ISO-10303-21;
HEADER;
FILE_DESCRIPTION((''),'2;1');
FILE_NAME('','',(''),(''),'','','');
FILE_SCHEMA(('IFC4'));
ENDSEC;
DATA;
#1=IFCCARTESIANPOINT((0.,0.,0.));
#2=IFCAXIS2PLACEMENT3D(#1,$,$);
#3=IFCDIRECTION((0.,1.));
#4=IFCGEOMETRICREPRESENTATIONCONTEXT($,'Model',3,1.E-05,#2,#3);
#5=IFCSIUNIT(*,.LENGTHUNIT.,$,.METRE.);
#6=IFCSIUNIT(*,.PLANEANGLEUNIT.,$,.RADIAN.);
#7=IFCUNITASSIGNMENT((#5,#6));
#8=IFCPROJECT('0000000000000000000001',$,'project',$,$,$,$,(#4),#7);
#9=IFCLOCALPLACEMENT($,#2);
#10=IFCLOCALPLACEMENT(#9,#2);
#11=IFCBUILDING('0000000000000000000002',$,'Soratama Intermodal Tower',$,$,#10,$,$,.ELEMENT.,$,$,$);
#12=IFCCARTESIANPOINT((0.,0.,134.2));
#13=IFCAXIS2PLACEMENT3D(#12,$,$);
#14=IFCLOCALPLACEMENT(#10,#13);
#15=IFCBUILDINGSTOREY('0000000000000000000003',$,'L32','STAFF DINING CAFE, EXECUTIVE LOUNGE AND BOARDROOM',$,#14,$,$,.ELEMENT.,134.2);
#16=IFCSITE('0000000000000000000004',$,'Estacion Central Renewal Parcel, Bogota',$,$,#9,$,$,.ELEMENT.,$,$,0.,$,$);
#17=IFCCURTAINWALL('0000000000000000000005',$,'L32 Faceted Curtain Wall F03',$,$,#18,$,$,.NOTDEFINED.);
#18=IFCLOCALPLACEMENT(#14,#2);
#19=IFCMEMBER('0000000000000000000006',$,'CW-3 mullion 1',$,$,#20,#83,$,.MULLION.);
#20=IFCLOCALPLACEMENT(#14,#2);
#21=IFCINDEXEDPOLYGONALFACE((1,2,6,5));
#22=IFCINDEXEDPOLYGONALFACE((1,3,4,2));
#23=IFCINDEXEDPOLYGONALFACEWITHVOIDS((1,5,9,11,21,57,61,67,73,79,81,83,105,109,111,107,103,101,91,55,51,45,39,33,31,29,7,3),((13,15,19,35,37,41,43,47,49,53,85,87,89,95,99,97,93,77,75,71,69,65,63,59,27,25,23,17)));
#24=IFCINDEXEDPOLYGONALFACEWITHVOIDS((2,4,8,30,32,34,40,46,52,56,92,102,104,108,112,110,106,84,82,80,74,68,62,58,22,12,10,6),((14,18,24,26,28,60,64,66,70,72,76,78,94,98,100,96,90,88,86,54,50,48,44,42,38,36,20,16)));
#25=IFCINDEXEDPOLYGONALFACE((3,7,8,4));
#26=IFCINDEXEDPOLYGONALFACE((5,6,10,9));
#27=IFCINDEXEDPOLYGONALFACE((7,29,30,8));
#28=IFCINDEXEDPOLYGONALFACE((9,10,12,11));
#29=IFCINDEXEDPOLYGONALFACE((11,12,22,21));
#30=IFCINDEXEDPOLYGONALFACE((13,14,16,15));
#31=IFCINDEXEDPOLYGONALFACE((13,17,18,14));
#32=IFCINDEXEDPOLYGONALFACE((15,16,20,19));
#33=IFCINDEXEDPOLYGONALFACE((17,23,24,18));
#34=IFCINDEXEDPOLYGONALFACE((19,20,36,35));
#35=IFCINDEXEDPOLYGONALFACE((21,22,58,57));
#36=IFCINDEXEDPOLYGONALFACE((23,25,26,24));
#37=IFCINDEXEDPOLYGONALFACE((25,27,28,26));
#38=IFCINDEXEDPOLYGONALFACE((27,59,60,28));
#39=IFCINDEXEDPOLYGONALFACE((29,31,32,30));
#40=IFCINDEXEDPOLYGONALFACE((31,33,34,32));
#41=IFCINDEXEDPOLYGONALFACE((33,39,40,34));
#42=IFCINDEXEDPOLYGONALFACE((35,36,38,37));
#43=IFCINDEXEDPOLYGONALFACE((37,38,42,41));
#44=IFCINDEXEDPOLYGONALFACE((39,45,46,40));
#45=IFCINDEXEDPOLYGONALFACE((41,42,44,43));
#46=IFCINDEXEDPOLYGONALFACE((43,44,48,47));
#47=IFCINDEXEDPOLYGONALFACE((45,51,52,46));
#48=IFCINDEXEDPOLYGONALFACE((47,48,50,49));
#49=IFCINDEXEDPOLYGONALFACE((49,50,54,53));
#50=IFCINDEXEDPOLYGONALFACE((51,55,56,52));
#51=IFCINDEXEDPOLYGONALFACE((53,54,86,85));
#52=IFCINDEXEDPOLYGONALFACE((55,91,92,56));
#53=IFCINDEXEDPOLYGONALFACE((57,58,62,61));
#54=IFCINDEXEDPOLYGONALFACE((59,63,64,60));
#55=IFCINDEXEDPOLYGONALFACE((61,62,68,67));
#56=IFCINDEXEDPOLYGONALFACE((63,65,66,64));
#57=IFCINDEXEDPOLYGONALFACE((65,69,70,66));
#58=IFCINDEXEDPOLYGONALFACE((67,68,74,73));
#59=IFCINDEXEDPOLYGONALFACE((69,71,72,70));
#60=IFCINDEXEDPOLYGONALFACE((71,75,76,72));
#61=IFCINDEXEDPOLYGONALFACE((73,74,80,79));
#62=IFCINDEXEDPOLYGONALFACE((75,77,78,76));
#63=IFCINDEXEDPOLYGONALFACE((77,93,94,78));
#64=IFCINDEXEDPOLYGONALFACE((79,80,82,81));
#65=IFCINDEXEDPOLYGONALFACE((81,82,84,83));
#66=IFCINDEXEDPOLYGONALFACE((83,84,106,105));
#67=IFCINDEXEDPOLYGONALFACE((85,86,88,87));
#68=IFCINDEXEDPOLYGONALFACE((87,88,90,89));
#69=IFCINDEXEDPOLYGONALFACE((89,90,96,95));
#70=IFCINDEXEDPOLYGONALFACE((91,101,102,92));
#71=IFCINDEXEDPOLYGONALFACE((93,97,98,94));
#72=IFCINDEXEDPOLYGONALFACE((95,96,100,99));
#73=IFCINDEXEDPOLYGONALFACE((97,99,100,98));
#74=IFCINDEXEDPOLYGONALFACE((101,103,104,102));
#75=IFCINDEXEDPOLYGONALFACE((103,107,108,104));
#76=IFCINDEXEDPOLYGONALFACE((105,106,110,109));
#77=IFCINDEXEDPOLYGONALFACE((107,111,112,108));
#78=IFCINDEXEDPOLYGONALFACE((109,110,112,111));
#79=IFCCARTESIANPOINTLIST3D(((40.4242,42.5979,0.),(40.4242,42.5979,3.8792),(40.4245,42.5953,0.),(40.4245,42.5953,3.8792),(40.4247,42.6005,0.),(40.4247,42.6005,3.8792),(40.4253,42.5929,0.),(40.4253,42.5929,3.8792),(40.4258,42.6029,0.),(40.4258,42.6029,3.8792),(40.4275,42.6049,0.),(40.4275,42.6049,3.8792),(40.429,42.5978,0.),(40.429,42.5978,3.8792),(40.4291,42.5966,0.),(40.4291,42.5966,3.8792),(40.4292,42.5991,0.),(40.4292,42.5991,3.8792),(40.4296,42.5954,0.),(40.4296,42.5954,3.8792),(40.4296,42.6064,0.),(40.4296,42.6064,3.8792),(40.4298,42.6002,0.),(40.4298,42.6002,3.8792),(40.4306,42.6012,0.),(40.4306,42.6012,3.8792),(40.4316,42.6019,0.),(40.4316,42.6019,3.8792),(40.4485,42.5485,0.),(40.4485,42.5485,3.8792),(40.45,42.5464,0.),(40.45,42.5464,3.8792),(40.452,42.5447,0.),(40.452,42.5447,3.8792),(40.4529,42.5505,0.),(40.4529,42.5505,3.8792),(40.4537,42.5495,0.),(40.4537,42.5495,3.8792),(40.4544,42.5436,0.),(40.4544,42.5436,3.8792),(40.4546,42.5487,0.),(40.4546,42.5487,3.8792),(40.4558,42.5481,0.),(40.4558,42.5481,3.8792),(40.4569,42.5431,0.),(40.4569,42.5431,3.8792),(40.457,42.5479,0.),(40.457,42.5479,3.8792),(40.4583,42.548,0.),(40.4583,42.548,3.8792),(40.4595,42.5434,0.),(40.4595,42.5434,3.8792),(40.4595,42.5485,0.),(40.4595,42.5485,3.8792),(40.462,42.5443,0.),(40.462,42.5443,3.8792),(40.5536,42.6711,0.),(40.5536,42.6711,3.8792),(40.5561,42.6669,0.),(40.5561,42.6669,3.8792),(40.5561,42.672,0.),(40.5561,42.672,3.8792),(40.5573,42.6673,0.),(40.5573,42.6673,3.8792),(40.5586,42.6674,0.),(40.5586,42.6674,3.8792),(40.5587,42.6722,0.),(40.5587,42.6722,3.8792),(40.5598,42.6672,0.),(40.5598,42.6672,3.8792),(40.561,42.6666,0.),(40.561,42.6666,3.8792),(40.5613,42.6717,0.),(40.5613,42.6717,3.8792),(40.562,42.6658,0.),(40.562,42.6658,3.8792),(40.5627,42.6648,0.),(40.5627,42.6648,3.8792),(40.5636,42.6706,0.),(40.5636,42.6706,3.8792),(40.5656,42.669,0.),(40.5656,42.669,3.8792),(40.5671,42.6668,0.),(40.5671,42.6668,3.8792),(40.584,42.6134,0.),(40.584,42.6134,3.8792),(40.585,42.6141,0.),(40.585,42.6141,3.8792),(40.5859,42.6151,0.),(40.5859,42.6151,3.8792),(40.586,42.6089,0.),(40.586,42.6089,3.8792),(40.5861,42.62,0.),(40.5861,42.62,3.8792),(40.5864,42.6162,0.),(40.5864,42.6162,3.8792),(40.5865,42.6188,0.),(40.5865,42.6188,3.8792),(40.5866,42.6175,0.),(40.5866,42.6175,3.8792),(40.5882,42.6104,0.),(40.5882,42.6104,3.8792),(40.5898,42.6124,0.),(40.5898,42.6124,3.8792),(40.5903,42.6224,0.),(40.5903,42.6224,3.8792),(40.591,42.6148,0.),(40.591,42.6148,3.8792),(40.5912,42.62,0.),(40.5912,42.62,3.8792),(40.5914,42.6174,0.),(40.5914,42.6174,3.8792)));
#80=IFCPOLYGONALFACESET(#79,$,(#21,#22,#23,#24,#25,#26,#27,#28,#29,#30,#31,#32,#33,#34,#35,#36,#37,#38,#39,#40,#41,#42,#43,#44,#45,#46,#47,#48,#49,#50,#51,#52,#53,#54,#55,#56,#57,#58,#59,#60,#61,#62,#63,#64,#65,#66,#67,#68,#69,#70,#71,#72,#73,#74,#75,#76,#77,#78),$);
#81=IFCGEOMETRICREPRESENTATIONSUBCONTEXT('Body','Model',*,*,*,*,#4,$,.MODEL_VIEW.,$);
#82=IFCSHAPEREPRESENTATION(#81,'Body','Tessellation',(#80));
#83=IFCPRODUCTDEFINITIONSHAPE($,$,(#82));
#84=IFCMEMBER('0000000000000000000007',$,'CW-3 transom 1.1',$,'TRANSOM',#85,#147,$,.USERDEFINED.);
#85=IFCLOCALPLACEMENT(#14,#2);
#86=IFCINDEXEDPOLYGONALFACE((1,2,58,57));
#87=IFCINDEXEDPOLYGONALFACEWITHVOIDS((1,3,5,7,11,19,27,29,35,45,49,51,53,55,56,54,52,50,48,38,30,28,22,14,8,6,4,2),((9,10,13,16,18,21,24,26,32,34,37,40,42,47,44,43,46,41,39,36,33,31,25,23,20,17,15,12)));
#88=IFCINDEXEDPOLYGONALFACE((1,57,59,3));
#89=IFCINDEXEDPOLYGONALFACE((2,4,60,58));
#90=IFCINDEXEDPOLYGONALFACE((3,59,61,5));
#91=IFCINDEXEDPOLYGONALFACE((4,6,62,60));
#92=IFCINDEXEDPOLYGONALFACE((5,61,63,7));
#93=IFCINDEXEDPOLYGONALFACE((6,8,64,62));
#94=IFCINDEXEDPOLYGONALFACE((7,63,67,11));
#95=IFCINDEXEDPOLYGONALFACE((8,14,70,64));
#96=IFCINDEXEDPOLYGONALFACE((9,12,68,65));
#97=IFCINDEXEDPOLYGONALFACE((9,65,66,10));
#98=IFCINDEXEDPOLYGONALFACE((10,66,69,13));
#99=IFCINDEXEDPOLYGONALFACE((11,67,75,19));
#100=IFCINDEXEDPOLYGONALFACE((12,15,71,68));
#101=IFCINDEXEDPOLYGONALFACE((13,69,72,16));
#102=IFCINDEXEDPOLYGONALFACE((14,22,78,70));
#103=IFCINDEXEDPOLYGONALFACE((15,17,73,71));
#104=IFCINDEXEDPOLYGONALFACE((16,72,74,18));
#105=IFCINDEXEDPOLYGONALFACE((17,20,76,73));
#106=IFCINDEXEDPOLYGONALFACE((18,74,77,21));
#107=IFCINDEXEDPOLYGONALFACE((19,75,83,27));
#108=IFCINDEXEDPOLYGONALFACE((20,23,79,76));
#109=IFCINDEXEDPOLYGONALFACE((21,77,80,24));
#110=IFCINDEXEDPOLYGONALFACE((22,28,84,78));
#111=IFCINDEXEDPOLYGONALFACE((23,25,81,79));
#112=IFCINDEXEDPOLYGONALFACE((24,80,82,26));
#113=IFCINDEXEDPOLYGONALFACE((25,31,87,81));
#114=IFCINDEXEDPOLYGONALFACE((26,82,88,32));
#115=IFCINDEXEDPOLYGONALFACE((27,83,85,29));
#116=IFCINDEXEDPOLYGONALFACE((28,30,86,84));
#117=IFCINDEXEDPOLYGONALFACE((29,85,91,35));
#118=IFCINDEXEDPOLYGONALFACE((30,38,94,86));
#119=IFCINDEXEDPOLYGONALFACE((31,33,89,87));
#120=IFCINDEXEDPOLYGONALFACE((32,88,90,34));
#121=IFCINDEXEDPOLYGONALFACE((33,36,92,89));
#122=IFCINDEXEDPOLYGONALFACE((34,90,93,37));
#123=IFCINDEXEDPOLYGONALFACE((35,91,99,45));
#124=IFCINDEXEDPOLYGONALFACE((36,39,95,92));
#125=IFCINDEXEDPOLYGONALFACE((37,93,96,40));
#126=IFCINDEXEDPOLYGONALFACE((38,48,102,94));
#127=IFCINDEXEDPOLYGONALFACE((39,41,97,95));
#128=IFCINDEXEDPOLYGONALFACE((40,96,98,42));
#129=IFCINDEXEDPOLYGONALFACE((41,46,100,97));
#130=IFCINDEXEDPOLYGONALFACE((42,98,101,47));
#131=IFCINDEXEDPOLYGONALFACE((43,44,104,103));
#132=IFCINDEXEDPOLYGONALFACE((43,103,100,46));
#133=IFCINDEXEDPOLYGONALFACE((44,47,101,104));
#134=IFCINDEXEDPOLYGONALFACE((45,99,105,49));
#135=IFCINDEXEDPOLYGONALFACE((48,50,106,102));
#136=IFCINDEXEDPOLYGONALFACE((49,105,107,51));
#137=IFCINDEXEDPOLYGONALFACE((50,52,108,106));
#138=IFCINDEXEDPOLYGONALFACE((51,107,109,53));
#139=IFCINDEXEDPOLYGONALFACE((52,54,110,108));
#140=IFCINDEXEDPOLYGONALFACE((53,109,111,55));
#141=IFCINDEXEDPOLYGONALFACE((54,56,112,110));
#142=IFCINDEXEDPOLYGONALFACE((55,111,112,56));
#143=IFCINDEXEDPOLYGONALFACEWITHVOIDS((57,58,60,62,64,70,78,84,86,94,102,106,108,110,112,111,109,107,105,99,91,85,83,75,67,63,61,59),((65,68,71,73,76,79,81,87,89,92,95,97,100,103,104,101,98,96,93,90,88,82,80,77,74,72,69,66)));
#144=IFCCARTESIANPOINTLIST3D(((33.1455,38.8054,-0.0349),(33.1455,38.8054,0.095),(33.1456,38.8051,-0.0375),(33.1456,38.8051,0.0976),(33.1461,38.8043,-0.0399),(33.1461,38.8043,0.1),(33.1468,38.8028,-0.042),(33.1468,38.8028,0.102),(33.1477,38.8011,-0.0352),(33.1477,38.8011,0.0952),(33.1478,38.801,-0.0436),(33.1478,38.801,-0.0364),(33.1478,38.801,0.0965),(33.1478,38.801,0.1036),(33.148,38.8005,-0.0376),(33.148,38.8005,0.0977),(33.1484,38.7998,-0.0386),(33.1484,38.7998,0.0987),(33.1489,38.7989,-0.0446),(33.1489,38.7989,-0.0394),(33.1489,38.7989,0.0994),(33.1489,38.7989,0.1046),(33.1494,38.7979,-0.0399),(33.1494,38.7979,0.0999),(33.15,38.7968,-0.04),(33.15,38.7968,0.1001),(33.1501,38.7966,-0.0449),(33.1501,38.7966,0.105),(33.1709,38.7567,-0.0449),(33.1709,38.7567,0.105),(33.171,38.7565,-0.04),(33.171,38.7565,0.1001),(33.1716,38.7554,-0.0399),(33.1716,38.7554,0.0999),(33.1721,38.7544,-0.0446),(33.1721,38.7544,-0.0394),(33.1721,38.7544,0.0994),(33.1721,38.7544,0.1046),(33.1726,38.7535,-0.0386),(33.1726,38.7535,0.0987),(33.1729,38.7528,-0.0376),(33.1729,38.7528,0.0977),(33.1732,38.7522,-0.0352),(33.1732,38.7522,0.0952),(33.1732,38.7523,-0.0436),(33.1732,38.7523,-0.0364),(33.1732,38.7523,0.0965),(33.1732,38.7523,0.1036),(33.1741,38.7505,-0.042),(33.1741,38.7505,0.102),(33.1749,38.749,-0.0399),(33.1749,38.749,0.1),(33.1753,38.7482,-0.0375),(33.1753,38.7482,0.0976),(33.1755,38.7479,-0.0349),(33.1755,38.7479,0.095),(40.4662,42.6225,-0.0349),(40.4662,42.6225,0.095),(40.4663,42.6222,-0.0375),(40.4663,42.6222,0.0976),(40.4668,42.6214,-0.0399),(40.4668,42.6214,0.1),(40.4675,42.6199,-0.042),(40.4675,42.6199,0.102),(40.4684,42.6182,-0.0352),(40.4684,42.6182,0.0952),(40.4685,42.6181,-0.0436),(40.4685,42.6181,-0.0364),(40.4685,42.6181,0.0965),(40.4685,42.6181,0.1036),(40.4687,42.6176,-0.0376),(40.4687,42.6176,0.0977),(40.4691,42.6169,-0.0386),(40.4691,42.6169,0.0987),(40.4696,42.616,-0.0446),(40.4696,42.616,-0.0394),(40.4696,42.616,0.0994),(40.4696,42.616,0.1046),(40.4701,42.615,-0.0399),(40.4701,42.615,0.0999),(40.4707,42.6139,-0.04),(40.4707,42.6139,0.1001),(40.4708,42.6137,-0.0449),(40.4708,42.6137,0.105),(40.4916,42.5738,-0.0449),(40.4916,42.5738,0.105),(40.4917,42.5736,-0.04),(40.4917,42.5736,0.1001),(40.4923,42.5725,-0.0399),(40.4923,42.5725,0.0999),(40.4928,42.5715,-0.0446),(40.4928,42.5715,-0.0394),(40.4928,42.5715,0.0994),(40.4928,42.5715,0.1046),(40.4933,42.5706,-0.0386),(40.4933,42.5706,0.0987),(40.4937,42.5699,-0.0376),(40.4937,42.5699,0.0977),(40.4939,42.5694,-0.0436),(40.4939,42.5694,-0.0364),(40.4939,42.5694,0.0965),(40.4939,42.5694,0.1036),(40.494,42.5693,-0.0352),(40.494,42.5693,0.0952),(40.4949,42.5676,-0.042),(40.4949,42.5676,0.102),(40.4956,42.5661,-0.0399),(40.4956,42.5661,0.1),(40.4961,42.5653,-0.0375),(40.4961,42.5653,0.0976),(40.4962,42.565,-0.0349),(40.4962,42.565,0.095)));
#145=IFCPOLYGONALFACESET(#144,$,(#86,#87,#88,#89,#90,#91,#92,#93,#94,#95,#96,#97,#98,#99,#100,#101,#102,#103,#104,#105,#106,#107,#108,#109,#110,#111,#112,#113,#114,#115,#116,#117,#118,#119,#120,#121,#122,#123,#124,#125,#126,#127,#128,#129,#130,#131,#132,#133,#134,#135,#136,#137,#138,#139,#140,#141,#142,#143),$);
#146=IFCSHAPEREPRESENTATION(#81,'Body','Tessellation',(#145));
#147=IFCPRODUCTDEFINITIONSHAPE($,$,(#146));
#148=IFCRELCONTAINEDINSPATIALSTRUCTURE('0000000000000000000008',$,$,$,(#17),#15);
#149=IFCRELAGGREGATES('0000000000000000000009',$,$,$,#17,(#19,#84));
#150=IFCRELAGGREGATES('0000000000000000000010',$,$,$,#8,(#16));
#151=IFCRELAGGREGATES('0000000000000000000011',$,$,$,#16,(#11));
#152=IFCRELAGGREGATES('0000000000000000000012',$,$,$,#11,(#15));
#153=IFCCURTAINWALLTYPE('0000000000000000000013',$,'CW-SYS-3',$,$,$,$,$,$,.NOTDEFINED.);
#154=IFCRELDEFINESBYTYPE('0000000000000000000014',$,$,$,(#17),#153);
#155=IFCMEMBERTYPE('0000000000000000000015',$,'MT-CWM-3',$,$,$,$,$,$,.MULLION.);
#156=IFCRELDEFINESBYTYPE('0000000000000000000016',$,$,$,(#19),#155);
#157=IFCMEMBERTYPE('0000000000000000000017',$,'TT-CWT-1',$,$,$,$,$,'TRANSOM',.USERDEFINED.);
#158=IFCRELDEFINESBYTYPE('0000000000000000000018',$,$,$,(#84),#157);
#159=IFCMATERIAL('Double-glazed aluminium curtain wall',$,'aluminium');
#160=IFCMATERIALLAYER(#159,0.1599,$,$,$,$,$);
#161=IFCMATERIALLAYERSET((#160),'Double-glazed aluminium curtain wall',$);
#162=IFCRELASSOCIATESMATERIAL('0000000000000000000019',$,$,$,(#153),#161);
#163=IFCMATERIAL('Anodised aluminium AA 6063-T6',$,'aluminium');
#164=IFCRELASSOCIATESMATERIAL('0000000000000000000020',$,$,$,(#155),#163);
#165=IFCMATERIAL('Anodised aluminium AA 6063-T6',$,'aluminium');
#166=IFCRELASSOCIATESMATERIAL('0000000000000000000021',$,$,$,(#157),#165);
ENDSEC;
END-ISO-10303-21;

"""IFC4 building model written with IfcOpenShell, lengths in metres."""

from ifc_helpers import new_model, si_unit, direction, frame, origin, origin_2d, place, context, subcontext, project, spatial, hollow_rectangle, extrude, material, layer, layer_set, material_profile, profile_set, type_object, element, aggregate, save


model = new_model("IFC4")

# Units and contexts
model_context = context("Model", 3, precision=1e-05, world=origin(), true_north=direction((0.0, 1.0)))
body_context = subcontext(model_context, "Body", "Model", "MODEL_VIEW")
ifc_project = project(units=[si_unit("LENGTHUNIT", "METRE"), si_unit("PLANEANGLEUNIT", "RADIAN")], contexts=[model_context])

# Site, building, storey
site_placement = place(None, origin())
site = spatial("IfcSite", under=ifc_project, at=site_placement, Name="Estacion Central Renewal Parcel, Bogota", CompositionType="ELEMENT", RefElevation=0.0)
building_placement = place(site_placement, origin())
building = spatial("IfcBuilding", under=site, at=building_placement, Name="Soratama Intermodal Tower", CompositionType="ELEMENT")
storey_placement = place(building_placement, frame((0.0, 0.0, 134.2)))
storey = spatial("IfcBuildingStorey", under=building, at=storey_placement, Name="L32", Description="STAFF DINING CAFE, EXECUTIVE LOUNGE AND BOARDROOM", CompositionType="ELEMENT", Elevation=134.2)

# Curtain wall, members
ifc_material_1 = material(Name="Double-glazed aluminium curtain wall", Category="aluminium")
ifc_layer_1 = layer(ifc_material_1, 0.1599)
ifc_layer_set_1 = layer_set([ifc_layer_1], Name="Double-glazed aluminium curtain wall")
curtain_wall_type = type_object("IfcCurtainWallType", Name="CW-SYS-3", PredefinedType="NOTDEFINED", material=ifc_layer_set_1)
curtain_wall_placement = place(storey_placement, origin())
curtain_wall = element("IfcCurtainWall", 1, at=curtain_wall_placement, inside=storey, type_object=curtain_wall_type, Name="L32 Faceted Curtain Wall F03", PredefinedType="NOTDEFINED")
ifc_material_2 = material(Name="Anodised aluminium AA 6063-T6", Category="aluminium")
ifc_material_profile_1 = material_profile(ifc_material_2, hollow_rectangle(XDim=0.0701, YDim=0.1599, WallThickness=0.0049, InnerFilletRadius=0.0049, OuterFilletRadius=0.01, at=origin_2d()), Name="CWM160X70X5")
ifc_profile_set_1 = profile_set([ifc_material_profile_1], Name="Anodised aluminium AA 6063-T6")
member_type_1 = type_object("IfcMemberType", Name="MT-CWM-3", PredefinedType="MULLION", material=ifc_profile_set_1)
member_1_placement = place(storey_placement, frame((40.5078, 42.6077, 0.0), z_axis=(0.0, 0.0, 1.0), x_axis=(0.462359, -0.886693, 0.0)))
member_1 = element("IfcMember", 2, at=member_1_placement, type_object=member_type_1, Name="CW-3 mullion 1", PredefinedType="MULLION", context=body_context, shape_type="SweptSolid", body=[
    extrude(hollow_rectangle(XDim=0.0701, YDim=0.1599, WallThickness=0.0049, InnerFilletRadius=0.0049, OuterFilletRadius=0.01, at=origin_2d()), origin(), (0.0, 0.0, 1.0), 3.8792),
])
ifc_material_3 = material(Name="Anodised aluminium AA 6063-T6", Category="aluminium")
ifc_material_profile_2 = material_profile(ifc_material_3, hollow_rectangle(XDim=0.0649, YDim=0.1499, WallThickness=0.0049, InnerFilletRadius=0.0049, OuterFilletRadius=0.01, at=origin_2d()), Name="CWT150X65X5")
ifc_profile_set_2 = profile_set([ifc_material_profile_2], Name="Anodised aluminium AA 6063-T6")
member_type_2 = type_object("IfcMemberType", Name="TT-CWT-1", ElementType="TRANSOM", PredefinedType="USERDEFINED", material=ifc_profile_set_2)
member_2_placement = place(storey_placement, frame((40.4812, 42.5938, 0.03), z_axis=(-0.886705, -0.462337, 0.0), x_axis=(0.462337, -0.886705, 0.0)))
member_2 = element("IfcMember", 3, at=member_2_placement, type_object=member_type_2, Name="CW-3 transom 1.1", ObjectType="TRANSOM", PredefinedType="USERDEFINED", context=body_context, shape_type="SweptSolid", body=[
    extrude(hollow_rectangle(XDim=0.0649, YDim=0.1499, WallThickness=0.0049, InnerFilletRadius=0.0049, OuterFilletRadius=0.01, at=origin_2d()), origin(), (0.0, 0.0, 1.0), 8.2561),
])
aggregate(curtain_wall, [member_1, member_2])

save(model, "model.ifc")
